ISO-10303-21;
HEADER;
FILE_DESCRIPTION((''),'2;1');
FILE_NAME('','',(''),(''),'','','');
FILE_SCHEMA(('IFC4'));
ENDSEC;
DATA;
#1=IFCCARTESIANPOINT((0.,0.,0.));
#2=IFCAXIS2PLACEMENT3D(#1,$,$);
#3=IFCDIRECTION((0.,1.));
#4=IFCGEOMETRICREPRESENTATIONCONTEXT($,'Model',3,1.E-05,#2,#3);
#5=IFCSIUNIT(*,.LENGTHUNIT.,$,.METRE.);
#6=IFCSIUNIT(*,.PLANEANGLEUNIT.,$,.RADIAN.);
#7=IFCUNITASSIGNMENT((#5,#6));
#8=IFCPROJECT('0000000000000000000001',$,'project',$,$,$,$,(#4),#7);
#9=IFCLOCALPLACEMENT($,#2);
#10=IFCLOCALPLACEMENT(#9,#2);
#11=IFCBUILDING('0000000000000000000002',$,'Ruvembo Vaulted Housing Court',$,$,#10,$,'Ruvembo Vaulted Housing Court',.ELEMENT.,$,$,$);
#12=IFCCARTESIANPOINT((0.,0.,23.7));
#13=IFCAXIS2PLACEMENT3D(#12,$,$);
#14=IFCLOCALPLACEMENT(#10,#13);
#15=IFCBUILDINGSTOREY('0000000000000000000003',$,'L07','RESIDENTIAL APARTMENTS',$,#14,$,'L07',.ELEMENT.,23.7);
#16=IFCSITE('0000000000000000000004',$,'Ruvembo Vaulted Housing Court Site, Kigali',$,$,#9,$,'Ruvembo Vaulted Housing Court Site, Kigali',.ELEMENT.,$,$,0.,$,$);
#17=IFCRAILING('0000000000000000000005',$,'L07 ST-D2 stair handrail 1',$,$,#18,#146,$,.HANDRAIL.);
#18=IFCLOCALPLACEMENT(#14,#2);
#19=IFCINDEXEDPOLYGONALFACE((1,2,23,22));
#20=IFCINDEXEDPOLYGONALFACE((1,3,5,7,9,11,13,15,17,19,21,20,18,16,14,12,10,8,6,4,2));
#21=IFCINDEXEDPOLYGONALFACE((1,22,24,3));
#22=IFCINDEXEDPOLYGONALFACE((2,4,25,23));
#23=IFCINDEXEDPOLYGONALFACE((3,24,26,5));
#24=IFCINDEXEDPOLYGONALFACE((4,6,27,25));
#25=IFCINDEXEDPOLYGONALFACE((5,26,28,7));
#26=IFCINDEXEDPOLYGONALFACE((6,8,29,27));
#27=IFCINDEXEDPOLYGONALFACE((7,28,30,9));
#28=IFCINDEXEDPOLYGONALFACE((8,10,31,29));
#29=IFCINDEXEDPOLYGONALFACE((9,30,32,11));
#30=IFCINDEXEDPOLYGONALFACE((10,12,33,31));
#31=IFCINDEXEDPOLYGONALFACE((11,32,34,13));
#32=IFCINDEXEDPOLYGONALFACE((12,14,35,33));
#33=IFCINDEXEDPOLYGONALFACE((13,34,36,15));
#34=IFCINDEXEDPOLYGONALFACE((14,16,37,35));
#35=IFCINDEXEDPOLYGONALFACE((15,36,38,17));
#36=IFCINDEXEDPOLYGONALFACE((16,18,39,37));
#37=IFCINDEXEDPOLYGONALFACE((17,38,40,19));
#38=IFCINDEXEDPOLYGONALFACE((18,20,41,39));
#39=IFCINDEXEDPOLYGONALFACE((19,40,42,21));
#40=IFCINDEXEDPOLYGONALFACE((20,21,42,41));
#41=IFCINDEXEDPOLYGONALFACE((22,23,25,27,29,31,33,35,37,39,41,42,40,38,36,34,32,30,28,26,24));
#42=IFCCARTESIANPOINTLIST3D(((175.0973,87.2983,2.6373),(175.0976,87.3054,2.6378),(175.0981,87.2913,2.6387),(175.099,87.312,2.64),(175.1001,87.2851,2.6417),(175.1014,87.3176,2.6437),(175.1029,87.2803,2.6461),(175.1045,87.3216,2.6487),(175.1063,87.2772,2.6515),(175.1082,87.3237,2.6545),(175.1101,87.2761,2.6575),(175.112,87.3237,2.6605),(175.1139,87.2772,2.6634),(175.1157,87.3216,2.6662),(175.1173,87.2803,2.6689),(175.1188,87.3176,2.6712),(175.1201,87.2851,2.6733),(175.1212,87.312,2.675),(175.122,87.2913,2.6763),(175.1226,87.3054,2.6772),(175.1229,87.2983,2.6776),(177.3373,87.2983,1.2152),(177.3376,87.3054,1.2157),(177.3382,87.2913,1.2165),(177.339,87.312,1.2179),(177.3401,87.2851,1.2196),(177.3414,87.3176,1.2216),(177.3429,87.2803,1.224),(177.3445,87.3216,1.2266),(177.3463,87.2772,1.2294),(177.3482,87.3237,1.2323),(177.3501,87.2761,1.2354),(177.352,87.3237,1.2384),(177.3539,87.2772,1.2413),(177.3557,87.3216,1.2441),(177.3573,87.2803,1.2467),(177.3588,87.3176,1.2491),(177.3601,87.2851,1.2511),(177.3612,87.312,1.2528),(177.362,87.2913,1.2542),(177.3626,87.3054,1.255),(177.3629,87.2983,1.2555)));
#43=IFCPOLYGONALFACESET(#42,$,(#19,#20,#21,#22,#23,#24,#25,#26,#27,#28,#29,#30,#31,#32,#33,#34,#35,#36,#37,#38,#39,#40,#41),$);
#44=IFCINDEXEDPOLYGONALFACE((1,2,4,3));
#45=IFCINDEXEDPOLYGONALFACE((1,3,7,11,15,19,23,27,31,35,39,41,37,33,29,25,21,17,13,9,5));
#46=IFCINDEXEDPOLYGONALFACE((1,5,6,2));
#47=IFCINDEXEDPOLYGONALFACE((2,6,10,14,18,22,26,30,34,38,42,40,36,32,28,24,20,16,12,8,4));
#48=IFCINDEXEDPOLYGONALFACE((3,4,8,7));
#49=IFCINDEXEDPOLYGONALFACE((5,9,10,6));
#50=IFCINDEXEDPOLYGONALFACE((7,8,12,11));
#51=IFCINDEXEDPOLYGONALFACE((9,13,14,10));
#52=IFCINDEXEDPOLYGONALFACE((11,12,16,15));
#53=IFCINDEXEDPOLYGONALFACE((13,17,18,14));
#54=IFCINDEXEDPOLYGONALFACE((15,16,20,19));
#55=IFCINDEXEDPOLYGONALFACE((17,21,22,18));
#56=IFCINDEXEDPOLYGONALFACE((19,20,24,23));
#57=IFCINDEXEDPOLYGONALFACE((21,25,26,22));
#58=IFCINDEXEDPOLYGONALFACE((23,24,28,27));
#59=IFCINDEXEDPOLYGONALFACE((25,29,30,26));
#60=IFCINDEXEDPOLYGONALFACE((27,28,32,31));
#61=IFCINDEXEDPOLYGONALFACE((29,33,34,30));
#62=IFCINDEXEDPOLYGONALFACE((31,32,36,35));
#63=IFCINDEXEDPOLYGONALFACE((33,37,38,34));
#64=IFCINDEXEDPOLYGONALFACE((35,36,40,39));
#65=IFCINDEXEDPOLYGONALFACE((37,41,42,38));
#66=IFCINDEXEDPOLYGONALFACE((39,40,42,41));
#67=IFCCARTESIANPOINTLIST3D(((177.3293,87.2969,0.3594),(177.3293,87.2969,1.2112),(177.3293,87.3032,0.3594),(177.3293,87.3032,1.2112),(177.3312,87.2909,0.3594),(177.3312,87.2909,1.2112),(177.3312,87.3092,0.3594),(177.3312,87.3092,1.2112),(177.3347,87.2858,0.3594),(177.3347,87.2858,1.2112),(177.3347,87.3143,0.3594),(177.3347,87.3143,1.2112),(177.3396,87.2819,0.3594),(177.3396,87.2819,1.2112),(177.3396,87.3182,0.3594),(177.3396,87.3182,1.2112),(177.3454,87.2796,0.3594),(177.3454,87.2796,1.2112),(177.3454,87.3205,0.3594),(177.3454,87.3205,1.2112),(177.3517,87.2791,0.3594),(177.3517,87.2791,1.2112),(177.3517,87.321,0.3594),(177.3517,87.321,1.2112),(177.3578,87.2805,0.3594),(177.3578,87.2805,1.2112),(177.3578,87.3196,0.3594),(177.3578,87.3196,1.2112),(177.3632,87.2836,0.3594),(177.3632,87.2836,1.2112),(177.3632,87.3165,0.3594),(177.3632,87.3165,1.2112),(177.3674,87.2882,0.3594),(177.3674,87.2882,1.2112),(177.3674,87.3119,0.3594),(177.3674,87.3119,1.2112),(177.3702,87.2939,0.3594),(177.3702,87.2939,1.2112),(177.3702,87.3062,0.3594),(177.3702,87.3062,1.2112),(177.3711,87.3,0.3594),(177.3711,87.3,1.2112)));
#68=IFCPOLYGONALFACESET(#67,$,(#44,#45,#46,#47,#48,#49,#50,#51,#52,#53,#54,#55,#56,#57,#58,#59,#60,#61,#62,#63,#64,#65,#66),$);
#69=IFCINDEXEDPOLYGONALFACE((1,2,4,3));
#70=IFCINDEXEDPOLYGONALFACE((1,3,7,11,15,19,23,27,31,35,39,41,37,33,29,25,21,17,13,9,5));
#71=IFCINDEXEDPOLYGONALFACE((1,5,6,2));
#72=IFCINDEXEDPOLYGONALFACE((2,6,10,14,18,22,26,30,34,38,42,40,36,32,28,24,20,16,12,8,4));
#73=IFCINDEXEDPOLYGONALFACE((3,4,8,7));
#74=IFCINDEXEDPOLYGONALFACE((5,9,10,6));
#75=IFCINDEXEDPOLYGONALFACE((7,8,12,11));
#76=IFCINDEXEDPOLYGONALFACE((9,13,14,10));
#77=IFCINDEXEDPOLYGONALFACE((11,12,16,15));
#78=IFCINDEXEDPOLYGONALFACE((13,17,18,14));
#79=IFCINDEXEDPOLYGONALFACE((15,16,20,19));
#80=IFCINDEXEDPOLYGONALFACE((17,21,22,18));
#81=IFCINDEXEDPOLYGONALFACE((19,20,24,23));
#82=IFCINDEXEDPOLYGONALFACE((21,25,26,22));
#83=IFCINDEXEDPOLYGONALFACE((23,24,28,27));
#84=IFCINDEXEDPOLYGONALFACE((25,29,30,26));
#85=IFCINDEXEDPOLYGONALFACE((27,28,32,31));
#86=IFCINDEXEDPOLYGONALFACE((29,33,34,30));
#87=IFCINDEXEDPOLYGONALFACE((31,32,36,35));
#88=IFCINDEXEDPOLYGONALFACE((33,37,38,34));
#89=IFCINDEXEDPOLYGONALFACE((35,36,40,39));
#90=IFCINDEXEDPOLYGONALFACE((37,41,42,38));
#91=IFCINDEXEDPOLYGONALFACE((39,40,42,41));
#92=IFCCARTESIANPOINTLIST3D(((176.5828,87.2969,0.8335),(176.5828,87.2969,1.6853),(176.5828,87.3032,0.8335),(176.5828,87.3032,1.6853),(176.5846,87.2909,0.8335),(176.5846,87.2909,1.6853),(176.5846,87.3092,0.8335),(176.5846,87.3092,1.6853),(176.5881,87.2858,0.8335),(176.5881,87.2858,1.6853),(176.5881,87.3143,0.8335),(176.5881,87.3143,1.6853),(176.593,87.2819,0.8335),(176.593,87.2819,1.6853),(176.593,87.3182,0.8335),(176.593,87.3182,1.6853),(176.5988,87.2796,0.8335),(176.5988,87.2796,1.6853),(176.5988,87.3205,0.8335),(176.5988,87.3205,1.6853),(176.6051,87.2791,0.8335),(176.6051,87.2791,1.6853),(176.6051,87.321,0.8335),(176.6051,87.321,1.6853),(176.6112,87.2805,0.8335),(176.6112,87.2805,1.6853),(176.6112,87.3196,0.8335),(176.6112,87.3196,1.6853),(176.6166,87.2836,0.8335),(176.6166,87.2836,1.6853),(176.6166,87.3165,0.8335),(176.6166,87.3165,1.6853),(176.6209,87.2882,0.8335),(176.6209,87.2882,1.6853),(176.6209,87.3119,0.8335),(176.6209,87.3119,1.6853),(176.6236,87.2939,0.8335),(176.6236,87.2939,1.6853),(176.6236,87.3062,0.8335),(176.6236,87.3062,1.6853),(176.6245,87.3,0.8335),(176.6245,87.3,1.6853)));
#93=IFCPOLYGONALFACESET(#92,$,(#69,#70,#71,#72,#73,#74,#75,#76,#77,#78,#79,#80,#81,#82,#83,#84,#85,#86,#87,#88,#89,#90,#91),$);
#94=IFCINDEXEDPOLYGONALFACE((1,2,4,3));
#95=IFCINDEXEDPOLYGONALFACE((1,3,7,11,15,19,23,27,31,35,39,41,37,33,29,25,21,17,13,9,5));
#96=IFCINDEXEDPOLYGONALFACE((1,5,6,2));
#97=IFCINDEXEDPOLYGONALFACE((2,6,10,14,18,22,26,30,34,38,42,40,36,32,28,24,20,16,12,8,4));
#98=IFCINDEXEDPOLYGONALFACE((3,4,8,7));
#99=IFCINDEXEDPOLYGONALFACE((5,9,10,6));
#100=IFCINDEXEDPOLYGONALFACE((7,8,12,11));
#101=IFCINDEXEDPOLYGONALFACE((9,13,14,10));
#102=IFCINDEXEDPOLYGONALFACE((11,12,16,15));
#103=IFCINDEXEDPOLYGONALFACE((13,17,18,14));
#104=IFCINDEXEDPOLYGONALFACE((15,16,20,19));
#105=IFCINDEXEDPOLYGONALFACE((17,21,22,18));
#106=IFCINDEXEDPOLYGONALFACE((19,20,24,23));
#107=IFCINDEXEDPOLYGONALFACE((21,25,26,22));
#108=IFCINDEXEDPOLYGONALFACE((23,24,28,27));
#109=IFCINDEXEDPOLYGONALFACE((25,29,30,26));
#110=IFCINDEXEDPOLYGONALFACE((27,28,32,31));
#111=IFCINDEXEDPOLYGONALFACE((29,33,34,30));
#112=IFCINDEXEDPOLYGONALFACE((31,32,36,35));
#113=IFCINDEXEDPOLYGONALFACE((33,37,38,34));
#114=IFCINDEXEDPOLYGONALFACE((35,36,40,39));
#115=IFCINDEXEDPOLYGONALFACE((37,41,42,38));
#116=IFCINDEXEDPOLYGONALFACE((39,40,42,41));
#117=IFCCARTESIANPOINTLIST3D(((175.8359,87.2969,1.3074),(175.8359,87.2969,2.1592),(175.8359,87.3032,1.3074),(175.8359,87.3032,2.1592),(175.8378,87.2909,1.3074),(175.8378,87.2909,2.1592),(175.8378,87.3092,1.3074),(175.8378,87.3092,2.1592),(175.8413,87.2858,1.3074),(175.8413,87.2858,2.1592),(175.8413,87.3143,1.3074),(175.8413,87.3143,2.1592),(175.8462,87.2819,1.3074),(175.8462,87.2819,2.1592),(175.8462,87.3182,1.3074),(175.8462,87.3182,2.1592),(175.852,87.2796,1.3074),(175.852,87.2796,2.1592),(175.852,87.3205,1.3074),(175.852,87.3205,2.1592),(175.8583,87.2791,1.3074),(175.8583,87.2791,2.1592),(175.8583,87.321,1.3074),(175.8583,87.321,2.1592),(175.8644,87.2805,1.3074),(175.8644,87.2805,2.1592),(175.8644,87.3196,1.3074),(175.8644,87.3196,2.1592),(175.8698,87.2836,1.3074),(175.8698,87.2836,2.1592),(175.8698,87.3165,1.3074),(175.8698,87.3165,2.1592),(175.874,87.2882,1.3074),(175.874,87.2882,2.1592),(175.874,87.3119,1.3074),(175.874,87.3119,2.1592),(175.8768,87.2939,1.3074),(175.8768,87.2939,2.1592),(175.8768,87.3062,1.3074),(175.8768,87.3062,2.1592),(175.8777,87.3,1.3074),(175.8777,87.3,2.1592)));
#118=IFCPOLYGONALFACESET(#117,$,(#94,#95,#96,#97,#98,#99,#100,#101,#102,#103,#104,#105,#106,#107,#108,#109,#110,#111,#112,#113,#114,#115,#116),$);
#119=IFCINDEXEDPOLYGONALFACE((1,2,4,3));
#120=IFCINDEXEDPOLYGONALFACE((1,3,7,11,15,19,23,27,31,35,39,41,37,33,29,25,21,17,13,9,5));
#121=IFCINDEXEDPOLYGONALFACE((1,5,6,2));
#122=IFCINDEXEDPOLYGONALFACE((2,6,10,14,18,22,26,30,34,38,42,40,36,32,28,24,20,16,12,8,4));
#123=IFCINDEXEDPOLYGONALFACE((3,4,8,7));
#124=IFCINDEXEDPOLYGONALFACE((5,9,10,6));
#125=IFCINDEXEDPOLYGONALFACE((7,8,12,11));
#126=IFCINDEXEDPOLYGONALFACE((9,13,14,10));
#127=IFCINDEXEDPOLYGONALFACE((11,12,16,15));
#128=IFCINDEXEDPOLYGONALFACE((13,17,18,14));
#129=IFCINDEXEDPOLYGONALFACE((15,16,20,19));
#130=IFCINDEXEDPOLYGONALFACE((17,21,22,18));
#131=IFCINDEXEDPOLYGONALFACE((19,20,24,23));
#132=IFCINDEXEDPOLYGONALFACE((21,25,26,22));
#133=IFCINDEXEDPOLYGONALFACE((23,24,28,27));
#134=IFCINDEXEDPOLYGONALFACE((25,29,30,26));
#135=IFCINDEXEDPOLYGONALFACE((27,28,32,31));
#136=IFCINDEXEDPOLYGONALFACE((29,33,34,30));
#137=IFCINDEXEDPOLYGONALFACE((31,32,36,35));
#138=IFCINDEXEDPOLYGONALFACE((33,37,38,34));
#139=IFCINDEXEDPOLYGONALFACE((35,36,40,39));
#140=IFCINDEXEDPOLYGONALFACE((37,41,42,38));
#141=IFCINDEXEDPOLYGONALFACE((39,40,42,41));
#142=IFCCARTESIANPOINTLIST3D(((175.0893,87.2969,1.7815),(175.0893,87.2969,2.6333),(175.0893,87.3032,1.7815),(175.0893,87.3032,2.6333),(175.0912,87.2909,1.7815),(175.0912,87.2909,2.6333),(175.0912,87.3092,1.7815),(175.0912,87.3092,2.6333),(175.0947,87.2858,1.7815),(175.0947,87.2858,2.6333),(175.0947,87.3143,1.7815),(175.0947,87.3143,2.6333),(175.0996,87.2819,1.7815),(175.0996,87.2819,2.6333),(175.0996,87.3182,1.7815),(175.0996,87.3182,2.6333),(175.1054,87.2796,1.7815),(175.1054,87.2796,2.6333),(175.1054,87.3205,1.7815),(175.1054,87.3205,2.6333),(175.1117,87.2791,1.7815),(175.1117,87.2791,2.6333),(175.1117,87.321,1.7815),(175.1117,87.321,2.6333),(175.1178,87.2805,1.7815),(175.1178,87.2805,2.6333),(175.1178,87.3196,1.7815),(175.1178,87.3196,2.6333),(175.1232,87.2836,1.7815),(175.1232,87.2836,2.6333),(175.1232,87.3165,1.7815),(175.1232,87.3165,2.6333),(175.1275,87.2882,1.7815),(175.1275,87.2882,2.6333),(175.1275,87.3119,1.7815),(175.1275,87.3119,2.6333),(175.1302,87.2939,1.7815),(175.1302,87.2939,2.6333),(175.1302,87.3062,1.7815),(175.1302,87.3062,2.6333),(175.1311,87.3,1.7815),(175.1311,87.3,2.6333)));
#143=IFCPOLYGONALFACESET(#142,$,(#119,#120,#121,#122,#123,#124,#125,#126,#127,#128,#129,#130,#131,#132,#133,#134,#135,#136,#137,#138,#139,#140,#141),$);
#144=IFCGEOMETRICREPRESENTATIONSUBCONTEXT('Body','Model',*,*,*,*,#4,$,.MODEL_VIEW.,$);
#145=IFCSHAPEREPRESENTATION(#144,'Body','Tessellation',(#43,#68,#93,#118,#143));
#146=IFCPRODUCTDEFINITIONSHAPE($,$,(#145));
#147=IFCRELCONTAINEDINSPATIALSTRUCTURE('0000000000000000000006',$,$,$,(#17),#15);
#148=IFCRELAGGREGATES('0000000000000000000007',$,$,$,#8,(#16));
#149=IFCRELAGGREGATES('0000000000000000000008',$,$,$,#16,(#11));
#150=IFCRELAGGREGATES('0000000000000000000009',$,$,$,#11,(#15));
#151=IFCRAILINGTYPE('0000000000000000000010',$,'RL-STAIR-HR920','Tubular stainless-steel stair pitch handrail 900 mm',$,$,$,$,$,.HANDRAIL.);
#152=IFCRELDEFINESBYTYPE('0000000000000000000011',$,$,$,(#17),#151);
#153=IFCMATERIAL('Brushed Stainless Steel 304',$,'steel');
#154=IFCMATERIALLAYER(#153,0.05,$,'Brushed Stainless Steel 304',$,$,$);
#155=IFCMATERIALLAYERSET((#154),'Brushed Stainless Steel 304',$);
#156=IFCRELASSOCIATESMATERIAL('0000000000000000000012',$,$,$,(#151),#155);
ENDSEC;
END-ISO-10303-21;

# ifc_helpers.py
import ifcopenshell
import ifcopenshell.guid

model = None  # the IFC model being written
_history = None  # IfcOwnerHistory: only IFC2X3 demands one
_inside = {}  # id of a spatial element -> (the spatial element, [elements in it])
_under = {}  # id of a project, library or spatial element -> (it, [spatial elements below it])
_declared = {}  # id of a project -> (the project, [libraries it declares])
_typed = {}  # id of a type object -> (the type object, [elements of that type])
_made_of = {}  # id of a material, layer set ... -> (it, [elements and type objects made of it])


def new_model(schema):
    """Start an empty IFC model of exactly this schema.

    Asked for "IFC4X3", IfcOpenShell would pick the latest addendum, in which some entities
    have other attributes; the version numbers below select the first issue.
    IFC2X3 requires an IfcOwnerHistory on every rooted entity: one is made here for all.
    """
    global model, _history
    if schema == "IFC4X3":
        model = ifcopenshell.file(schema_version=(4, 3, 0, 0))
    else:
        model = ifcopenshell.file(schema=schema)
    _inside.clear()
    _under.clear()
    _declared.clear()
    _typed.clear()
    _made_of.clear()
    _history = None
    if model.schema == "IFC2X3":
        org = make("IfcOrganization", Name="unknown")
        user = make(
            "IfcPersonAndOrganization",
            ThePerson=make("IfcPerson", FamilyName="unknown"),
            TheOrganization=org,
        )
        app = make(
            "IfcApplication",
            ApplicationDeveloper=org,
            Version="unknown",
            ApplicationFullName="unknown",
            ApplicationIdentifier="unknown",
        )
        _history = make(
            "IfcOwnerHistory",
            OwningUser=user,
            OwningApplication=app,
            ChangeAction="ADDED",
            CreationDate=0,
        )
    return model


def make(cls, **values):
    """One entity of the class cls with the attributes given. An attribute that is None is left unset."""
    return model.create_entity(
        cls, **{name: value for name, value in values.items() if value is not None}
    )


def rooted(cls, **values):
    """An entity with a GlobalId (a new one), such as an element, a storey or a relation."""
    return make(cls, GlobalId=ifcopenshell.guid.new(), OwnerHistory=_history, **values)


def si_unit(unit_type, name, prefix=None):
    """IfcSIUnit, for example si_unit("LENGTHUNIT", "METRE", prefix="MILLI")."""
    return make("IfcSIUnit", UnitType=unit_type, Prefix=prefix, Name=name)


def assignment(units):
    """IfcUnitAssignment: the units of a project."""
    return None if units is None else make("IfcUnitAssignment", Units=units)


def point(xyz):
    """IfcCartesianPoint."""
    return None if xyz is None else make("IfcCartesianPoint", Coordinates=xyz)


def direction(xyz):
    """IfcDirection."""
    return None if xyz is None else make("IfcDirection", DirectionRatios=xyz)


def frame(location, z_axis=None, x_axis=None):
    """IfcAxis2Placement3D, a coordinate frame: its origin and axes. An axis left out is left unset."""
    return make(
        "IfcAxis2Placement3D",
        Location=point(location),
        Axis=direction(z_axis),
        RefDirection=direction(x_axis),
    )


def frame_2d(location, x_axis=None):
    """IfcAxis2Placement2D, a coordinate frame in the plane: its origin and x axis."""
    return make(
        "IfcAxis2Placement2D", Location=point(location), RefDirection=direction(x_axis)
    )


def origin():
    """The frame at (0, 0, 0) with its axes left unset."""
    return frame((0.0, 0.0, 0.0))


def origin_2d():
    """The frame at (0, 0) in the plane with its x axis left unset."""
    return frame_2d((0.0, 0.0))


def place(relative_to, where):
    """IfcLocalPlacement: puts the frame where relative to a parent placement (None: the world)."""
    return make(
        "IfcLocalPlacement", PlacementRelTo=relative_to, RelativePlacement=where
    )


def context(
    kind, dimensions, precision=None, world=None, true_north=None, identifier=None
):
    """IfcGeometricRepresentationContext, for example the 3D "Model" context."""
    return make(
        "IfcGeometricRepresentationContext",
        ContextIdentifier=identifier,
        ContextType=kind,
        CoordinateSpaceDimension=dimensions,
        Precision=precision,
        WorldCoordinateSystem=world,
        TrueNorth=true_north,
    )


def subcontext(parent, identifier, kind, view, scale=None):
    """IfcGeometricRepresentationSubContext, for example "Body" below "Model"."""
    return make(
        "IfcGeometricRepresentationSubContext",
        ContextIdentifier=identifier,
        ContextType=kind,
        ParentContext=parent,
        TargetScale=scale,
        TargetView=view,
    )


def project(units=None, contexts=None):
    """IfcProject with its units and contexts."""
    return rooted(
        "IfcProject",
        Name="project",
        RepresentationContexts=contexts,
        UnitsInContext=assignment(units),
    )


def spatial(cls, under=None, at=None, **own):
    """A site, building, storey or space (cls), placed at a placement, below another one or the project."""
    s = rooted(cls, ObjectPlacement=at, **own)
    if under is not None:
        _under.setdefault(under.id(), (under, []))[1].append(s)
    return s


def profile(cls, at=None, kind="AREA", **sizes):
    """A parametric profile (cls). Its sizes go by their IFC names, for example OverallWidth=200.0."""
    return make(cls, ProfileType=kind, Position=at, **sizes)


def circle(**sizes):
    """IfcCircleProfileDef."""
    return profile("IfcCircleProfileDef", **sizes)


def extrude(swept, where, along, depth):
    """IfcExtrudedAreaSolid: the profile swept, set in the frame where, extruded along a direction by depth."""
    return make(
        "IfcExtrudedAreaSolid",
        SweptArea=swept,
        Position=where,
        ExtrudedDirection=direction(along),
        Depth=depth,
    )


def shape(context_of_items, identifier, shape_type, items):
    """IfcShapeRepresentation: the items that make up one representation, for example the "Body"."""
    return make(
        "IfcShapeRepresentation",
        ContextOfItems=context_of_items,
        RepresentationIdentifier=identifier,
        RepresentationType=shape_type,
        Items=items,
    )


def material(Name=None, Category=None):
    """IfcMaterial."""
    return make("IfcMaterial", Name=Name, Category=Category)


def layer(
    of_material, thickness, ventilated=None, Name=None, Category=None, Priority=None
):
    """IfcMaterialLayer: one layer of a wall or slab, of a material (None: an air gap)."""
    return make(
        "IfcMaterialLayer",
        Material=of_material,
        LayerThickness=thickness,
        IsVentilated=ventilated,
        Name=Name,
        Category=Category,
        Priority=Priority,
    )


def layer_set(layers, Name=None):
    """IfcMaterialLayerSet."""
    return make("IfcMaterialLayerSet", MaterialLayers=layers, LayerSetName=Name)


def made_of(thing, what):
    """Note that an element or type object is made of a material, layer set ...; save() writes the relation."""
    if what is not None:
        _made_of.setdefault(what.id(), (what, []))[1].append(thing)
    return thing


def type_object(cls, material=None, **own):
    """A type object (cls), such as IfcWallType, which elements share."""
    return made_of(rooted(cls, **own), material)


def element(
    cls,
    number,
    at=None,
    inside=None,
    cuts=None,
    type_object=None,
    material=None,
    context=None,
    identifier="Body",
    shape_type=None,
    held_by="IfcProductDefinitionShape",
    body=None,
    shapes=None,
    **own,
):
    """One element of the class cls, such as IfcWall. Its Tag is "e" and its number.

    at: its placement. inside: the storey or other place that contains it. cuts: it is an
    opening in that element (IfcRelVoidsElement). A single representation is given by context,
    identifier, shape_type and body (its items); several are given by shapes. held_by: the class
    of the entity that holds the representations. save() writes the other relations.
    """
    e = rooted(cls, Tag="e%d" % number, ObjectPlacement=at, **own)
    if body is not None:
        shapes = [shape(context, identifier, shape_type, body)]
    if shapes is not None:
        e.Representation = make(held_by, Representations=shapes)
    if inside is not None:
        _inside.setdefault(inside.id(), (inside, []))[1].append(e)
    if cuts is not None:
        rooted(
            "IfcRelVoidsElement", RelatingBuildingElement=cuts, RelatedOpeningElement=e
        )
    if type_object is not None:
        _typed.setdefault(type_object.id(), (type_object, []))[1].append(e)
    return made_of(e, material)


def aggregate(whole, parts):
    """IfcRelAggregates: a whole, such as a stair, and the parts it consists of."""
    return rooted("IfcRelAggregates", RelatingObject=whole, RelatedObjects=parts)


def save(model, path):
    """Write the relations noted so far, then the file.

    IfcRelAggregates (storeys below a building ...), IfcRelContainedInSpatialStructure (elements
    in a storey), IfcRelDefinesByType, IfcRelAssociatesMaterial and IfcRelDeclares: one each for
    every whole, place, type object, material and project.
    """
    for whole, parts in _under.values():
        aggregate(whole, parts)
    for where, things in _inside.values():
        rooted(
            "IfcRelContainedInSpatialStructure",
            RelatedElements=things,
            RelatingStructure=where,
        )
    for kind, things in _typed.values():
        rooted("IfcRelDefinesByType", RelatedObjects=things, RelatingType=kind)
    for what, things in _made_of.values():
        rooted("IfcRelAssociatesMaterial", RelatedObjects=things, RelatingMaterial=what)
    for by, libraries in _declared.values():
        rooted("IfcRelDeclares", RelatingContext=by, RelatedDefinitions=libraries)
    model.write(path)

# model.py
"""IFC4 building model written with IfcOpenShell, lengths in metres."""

from ifc_helpers import new_model, si_unit, direction, frame, origin, origin_2d, place, context, subcontext, project, spatial, circle, extrude, material, layer, layer_set, type_object, element, save


model = new_model("IFC4")

# Units and contexts
model_context = context("Model", 3, precision=1e-05, world=origin(), true_north=direction((0.0, 1.0)))
body_context = subcontext(model_context, "Body", "Model", "MODEL_VIEW")
ifc_project = project(units=[si_unit("LENGTHUNIT", "METRE"), si_unit("PLANEANGLEUNIT", "RADIAN")], contexts=[model_context])

# Site, building, storey
site_placement = place(None, origin())
site = spatial("IfcSite", under=ifc_project, at=site_placement, Name="Ruvembo Vaulted Housing Court Site, Kigali", LongName="Ruvembo Vaulted Housing Court Site, Kigali", CompositionType="ELEMENT", RefElevation=0.0)
building_placement = place(site_placement, origin())
building = spatial("IfcBuilding", under=site, at=building_placement, Name="Ruvembo Vaulted Housing Court", LongName="Ruvembo Vaulted Housing Court", CompositionType="ELEMENT")
storey_placement = place(building_placement, frame((0.0, 0.0, 23.7)))
storey = spatial("IfcBuildingStorey", under=building, at=storey_placement, Name="L07", Description="RESIDENTIAL APARTMENTS", LongName="L07", CompositionType="ELEMENT", Elevation=23.7)

# Shared definitions
ifc_material_1 = material(Name="Brushed Stainless Steel 304", Category="steel")

# Railing
ifc_layer_1 = layer(ifc_material_1, 0.05, Name="Brushed Stainless Steel 304")
ifc_layer_set_1 = layer_set([ifc_layer_1], Name="Brushed Stainless Steel 304")
railing_type_1 = type_object("IfcRailingType", Name="RL-STAIR-HR920", Description="Tubular stainless-steel stair pitch handrail 900 mm", PredefinedType="HANDRAIL", material=ifc_layer_set_1)
railing_1_placement = place(storey_placement, frame((177.3501, 87.3, 0.3594)))
element("IfcRailing", 1, at=railing_1_placement, inside=storey, type_object=railing_type_1, Name="L07 ST-D2 stair handrail 1", PredefinedType="HANDRAIL", context=body_context, shape_type="SweptSolid", body=[
    extrude(circle(Radius=0.0239, at=origin_2d()), frame((0.0, 0.0, 0.876), z_axis=(-0.844229, 0.0, 0.535982), x_axis=(0.0, -1.0, 0.0)), (0.0, 0.0, 1.0), 2.6533),
    extrude(circle(Radius=0.021, at=origin_2d()), origin(), (0.0, 0.0, 1.0), 0.8518),
    extrude(circle(Radius=0.021, at=origin_2d()), frame((-0.7466, 0.0, 0.4741)), (0.0, 0.0, 1.0), 0.8518),
    extrude(circle(Radius=0.021, at=origin_2d()), frame((-1.4934, 0.0, 0.948)), (0.0, 0.0, 1.0), 0.8518),
    extrude(circle(Radius=0.021, at=origin_2d()), frame((-2.24, 0.0, 1.4221)), (0.0, 0.0, 1.0), 0.8518),
])

save(model, "model.ifc")
